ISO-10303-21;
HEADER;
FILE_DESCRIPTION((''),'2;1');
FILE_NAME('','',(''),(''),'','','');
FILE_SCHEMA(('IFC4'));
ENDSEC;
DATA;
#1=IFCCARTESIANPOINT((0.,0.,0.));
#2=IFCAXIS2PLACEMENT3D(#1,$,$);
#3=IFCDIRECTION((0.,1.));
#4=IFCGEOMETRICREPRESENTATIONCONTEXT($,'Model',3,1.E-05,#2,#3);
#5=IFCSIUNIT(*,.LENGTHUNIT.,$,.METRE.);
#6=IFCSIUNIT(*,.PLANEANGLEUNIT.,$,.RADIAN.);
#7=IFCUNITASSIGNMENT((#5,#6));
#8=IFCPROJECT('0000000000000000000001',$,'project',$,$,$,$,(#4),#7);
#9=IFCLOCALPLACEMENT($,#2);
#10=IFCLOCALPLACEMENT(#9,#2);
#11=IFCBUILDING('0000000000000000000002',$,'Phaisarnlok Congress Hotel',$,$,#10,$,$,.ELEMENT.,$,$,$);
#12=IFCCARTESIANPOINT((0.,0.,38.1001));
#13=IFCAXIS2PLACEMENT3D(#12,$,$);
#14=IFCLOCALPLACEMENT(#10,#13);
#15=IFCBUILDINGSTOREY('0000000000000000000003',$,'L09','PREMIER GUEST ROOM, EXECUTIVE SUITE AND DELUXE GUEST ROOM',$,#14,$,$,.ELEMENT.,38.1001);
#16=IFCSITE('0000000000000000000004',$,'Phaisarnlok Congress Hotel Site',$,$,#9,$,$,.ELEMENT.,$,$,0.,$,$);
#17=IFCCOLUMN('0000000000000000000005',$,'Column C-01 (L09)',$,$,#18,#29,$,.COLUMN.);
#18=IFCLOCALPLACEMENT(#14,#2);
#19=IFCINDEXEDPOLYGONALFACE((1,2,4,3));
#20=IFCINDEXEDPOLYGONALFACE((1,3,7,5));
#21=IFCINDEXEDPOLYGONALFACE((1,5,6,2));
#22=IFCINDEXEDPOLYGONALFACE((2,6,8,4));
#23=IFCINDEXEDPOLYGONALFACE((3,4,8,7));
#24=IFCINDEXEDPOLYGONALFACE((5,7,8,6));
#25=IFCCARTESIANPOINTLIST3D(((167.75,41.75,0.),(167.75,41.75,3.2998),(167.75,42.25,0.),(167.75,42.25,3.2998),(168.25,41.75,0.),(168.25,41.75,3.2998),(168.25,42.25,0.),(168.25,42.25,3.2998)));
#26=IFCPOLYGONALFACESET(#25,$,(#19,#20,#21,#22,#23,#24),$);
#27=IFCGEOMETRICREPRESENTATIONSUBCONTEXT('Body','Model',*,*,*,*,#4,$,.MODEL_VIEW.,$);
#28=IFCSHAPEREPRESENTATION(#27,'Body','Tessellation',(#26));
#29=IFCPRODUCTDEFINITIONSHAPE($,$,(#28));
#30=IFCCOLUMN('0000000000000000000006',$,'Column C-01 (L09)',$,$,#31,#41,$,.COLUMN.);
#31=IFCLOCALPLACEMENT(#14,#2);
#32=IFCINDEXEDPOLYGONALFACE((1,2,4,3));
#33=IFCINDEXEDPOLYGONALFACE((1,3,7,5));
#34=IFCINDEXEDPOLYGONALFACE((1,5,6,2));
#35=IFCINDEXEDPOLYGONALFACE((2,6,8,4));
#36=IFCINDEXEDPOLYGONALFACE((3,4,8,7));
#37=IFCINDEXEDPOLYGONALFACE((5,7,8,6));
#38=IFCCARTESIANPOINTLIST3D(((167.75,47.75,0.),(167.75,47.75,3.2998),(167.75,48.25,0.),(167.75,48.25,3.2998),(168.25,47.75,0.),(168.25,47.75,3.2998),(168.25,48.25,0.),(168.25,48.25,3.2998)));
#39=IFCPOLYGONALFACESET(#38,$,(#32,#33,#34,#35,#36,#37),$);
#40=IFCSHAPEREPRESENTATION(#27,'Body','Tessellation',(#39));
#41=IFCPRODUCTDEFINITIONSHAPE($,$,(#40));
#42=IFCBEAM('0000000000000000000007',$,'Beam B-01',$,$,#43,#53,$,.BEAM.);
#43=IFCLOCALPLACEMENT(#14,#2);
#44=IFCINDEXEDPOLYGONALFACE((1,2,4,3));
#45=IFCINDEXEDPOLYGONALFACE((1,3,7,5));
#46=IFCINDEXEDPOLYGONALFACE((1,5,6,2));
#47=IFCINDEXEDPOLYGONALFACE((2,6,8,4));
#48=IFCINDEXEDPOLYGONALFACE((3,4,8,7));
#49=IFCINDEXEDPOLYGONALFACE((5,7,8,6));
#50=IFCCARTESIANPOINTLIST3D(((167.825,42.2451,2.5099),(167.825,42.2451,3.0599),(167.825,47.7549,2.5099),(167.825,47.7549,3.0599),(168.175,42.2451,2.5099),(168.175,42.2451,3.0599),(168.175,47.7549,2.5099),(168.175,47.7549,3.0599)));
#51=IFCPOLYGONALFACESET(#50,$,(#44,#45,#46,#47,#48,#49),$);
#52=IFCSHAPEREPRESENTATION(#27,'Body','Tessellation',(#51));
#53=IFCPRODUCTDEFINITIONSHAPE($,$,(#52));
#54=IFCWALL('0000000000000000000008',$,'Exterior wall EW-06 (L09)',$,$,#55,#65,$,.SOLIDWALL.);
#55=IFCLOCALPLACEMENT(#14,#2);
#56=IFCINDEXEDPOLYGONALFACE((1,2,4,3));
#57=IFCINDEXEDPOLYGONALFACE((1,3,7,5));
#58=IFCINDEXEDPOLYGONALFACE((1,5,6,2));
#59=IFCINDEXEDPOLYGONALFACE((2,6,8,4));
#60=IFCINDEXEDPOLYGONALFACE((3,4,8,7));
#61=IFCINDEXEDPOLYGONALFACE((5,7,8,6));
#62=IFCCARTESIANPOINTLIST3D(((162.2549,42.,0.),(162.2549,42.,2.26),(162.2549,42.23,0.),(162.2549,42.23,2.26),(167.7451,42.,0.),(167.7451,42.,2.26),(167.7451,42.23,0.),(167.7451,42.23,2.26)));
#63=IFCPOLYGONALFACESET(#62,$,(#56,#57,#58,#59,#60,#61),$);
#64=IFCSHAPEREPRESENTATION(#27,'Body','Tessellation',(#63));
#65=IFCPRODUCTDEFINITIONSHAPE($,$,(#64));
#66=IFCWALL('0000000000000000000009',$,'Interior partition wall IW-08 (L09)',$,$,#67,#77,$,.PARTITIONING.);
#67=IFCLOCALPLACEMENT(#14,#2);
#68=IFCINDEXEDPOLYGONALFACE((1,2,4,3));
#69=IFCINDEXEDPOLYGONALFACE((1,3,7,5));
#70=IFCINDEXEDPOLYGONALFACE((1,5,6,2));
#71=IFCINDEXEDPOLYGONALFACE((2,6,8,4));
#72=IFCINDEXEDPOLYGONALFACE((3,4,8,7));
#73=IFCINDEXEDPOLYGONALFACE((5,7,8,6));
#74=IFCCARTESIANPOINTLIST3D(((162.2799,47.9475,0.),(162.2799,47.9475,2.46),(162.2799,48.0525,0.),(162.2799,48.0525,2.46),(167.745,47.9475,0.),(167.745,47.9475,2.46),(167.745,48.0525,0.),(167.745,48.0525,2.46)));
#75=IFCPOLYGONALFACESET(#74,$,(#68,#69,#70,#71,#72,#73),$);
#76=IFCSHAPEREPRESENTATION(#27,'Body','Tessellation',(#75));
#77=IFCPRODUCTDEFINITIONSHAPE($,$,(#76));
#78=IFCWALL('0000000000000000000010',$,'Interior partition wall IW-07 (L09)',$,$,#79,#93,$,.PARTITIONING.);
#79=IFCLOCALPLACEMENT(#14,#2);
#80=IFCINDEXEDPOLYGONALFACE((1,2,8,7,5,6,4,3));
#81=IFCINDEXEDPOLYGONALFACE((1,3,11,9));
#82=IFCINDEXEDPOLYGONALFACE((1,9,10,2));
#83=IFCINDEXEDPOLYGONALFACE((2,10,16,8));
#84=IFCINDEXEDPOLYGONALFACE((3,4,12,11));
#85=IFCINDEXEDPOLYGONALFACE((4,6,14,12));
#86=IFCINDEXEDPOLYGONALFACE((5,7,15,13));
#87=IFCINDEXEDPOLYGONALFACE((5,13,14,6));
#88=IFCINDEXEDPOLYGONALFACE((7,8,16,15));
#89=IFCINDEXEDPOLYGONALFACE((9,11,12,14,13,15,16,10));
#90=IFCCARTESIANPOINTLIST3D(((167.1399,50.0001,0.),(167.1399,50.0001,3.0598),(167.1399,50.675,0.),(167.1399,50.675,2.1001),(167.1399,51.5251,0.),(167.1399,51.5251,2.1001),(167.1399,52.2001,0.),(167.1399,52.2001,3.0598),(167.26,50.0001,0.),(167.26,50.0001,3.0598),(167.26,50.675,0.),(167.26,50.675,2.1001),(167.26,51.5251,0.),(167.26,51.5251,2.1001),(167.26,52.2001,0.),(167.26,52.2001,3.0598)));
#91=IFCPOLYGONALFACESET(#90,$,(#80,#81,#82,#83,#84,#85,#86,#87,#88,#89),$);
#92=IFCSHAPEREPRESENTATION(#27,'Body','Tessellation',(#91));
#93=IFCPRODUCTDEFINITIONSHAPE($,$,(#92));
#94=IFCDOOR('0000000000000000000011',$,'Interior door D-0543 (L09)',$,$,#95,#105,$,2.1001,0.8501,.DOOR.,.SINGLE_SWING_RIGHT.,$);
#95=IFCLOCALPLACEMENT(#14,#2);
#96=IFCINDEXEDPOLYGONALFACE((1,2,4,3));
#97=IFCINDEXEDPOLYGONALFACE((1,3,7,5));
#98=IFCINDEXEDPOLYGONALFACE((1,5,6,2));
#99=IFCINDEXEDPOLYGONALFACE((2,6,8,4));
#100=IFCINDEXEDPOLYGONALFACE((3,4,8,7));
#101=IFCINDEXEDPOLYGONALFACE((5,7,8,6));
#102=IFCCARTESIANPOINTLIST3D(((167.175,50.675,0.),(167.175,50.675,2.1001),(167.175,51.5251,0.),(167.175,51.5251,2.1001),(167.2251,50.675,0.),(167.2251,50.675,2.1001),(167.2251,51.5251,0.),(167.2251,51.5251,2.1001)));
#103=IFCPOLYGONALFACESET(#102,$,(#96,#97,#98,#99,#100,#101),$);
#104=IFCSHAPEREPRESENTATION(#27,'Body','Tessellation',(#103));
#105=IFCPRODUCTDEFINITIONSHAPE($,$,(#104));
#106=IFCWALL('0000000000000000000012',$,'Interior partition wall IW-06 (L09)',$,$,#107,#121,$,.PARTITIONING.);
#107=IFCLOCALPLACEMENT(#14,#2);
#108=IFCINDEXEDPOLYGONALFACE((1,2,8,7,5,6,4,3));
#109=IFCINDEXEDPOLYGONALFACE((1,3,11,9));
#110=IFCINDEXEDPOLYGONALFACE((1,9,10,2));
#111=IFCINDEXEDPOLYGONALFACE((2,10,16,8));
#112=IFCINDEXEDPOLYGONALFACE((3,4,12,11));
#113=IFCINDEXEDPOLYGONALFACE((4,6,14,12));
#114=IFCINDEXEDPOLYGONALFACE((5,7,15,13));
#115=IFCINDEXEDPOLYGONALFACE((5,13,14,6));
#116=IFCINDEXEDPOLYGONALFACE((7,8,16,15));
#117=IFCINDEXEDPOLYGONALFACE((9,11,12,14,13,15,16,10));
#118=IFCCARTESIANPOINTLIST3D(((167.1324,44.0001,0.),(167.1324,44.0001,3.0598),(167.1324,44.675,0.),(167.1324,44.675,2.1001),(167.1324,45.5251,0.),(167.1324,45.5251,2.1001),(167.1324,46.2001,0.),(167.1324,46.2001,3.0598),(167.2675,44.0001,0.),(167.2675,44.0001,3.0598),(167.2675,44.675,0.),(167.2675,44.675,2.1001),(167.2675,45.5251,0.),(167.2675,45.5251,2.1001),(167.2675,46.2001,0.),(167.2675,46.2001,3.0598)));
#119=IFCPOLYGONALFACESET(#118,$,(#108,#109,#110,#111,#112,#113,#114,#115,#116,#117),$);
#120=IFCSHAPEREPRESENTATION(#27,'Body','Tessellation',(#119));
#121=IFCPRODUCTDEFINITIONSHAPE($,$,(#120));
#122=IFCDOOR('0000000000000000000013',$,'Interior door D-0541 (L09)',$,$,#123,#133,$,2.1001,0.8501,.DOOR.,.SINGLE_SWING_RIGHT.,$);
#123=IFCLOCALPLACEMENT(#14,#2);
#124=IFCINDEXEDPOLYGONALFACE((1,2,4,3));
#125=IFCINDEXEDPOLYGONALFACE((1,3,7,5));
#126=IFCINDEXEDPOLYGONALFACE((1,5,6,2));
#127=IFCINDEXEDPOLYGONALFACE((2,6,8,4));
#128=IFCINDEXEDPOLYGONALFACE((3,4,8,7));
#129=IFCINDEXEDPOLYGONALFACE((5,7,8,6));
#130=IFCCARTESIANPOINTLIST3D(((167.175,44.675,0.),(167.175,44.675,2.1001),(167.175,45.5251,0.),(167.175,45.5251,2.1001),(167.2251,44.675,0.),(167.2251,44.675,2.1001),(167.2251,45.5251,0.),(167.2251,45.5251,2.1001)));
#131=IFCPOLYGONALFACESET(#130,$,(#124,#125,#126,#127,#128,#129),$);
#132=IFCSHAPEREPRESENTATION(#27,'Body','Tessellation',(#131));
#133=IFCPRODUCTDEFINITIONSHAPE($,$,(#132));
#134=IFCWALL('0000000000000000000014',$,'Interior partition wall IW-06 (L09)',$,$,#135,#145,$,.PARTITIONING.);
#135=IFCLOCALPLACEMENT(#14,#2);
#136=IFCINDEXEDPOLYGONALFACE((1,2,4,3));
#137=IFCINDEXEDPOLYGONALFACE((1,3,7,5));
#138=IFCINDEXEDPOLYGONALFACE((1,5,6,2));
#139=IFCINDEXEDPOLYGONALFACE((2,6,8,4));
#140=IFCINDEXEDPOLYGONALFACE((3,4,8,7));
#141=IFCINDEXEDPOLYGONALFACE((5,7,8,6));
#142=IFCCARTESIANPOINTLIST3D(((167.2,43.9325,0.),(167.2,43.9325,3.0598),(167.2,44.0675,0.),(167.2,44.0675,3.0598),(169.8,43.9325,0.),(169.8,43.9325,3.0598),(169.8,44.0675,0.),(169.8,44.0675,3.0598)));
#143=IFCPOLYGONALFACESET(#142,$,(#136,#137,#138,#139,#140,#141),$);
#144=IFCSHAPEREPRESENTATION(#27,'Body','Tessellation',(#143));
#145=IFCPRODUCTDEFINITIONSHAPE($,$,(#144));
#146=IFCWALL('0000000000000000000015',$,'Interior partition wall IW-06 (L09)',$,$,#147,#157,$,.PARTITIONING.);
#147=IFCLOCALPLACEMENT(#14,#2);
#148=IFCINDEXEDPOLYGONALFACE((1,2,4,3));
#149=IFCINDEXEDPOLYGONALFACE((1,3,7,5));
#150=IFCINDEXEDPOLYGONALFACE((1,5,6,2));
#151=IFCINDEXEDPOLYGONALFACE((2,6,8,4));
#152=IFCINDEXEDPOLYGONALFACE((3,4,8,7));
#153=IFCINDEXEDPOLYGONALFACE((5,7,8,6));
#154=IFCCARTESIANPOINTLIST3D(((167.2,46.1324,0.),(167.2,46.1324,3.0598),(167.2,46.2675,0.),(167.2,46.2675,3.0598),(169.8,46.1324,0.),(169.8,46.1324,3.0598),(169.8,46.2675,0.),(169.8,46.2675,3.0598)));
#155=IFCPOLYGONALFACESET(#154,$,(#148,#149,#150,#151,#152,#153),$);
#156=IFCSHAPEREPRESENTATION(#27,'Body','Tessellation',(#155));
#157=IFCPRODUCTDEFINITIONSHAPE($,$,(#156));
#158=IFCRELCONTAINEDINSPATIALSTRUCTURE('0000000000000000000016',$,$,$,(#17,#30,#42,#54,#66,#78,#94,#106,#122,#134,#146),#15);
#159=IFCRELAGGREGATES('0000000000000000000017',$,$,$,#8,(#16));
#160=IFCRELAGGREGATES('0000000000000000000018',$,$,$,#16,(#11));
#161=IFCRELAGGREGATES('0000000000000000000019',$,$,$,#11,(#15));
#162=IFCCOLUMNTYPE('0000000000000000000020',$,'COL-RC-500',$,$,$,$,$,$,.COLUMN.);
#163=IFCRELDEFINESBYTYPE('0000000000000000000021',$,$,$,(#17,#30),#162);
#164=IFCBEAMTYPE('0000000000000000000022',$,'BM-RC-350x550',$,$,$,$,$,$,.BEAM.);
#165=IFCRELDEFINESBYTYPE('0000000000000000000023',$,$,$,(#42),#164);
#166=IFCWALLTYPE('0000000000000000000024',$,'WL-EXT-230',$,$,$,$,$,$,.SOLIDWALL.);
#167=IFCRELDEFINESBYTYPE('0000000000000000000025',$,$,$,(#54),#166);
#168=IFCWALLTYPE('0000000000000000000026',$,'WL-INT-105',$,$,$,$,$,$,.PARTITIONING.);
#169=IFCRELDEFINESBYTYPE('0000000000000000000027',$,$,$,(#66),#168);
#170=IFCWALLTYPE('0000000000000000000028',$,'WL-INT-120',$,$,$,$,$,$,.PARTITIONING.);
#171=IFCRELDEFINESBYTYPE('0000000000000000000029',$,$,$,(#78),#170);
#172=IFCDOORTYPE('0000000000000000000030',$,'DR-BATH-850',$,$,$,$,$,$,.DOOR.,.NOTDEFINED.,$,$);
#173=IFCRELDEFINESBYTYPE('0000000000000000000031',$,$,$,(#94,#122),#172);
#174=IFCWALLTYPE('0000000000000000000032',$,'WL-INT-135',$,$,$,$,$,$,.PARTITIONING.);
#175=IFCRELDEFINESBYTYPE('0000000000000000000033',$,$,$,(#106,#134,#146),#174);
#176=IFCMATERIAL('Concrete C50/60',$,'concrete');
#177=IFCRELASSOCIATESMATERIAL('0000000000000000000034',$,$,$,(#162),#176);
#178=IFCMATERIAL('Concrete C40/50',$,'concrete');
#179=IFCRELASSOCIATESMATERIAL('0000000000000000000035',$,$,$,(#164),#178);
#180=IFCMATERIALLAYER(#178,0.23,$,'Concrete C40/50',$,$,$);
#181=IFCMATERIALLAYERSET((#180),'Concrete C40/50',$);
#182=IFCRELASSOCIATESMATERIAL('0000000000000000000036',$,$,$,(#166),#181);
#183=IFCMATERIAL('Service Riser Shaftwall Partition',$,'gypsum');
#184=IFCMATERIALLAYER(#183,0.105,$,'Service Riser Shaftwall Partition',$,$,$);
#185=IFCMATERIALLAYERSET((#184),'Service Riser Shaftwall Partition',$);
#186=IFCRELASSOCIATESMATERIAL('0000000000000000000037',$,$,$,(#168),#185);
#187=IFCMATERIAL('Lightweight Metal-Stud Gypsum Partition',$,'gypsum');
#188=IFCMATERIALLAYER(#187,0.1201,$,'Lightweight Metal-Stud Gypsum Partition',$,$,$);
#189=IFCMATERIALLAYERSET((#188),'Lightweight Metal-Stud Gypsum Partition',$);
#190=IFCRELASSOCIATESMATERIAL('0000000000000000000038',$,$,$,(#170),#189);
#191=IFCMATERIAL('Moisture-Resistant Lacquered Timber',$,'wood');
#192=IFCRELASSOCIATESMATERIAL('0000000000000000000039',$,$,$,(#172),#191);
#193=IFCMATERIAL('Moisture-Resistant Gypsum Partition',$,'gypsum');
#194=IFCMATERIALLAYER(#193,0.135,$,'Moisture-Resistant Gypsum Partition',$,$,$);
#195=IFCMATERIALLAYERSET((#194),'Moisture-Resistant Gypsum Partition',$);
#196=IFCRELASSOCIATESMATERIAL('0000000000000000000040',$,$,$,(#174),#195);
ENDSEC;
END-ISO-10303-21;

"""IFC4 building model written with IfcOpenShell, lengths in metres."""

from ifc_helpers import new_model, si_unit, direction, frame, frame_2d, origin, origin_2d, place, context, subcontext, project, spatial, rectangle, extrude, material, layer, layer_set, material_profile, profile_set, type_object, element, fill, save


model = new_model("IFC4")

# Units and contexts
model_context = context("Model", 3, precision=1e-05, world=origin(), true_north=direction((0.0, 1.0)))
body_context = subcontext(model_context, "Body", "Model", "MODEL_VIEW")
ifc_project = project(units=[si_unit("LENGTHUNIT", "METRE"), si_unit("PLANEANGLEUNIT", "RADIAN")], contexts=[model_context])

# Site, building, storey
site_placement = place(None, origin())
site = spatial("IfcSite", under=ifc_project, at=site_placement, Name="Phaisarnlok Congress Hotel Site", CompositionType="ELEMENT", RefElevation=0.0)
building_placement = place(site_placement, origin())
building = spatial("IfcBuilding", under=site, at=building_placement, Name="Phaisarnlok Congress Hotel", CompositionType="ELEMENT")
storey_placement = place(building_placement, frame((0.0, 0.0, 38.1001)))
storey = spatial("IfcBuildingStorey", under=building, at=storey_placement, Name="L09", Description="PREMIER GUEST ROOM, EXECUTIVE SUITE AND DELUXE GUEST ROOM", CompositionType="ELEMENT", Elevation=38.1001)

# Columns
ifc_material_1 = material(Name="Concrete C50/60", Category="concrete")
ifc_material_profile_1 = material_profile(ifc_material_1, rectangle(XDim=0.5, YDim=0.5, at=origin_2d()), Name="RC 500x500")
ifc_profile_set_1 = profile_set([ifc_material_profile_1], Name="Concrete C50/60")
column_type = type_object("IfcColumnType", Name="COL-RC-500", PredefinedType="COLUMN", material=ifc_profile_set_1)
for number, where, z_axis, x_axis, name in (
    (1, (168.0, 42.0, 0.0), (0.0, 0.0, 1.0), (1.0, 0.0, 0.0), "Column C-01 (L09)"),
    (2, (168.0, 48.0, 0.0), (0.0, 0.0, 1.0), (1.0, 0.0, 0.0), "Column C-01 (L09)"),
):
    element("IfcColumn", number, at=place(storey_placement, frame(where, z_axis=z_axis, x_axis=x_axis)), inside=storey, type_object=column_type, Name=name, PredefinedType="COLUMN", context=body_context, shape_type="SweptSolid", body=[
        extrude(rectangle(XDim=0.5, YDim=0.5, at=origin_2d()), origin(), (0.0, 0.0, 1.0), 3.2998),
    ])

# Beam
ifc_material_2 = material(Name="Concrete C40/50", Category="concrete")
ifc_material_profile_2 = material_profile(ifc_material_2, rectangle(XDim=0.3501, YDim=0.55, at=origin_2d()), Name="RC 350x550")
ifc_profile_set_2 = profile_set([ifc_material_profile_2], Name="Concrete C40/50")
beam_type = type_object("IfcBeamType", Name="BM-RC-350x550", PredefinedType="BEAM", material=ifc_profile_set_2)
beam_placement = place(storey_placement, frame((168.0, 42.2451, 2.7849), z_axis=(0.0, 1.0, 0.0), x_axis=(-1.0, 0.0, 0.0)))
element("IfcBeam", 3, at=beam_placement, inside=storey, type_object=beam_type, Name="Beam B-01", PredefinedType="BEAM", context=body_context, shape_type="SweptSolid", body=[
    extrude(rectangle(XDim=0.3501, YDim=0.55, at=origin_2d()), origin(), (0.0, 0.0, 1.0), 5.5098),
])

# Walls
ifc_layer_1 = layer(ifc_material_2, 0.23, Name="Concrete C40/50")
ifc_layer_set_1 = layer_set([ifc_layer_1], Name="Concrete C40/50")
wall_type_1 = type_object("IfcWallType", Name="WL-EXT-230", PredefinedType="SOLIDWALL", material=ifc_layer_set_1)
wall_1_placement = place(storey_placement, frame((162.2549, 42.115, 0.0), z_axis=(0.0, 0.0, 1.0), x_axis=(1.0, 0.0, 0.0)))
element("IfcWall", 4, at=wall_1_placement, inside=storey, type_object=wall_type_1, Name="Exterior wall EW-06 (L09)", PredefinedType="SOLIDWALL", context=body_context, shape_type="SweptSolid", body=[
    extrude(rectangle(XDim=5.4902, YDim=0.23, at=frame_2d((2.7451, 0.0))), origin(), (0.0, 0.0, 1.0), 2.26),
])
ifc_material_3 = material(Name="Service Riser Shaftwall Partition", Category="gypsum")
ifc_layer_2 = layer(ifc_material_3, 0.105, Name="Service Riser Shaftwall Partition")
ifc_layer_set_2 = layer_set([ifc_layer_2], Name="Service Riser Shaftwall Partition")
wall_type_2 = type_object("IfcWallType", Name="WL-INT-105", PredefinedType="PARTITIONING", material=ifc_layer_set_2)
wall_2_placement = place(storey_placement, frame((162.28, 48.0, 0.0), z_axis=(0.0, 0.0, 1.0), x_axis=(1.0, 0.0, 0.0)))
element("IfcWall", 5, at=wall_2_placement, inside=storey, type_object=wall_type_2, Name="Interior partition wall IW-08 (L09)", PredefinedType="PARTITIONING", context=body_context, shape_type="SweptSolid", body=[
    extrude(rectangle(XDim=5.4651, YDim=0.105, at=frame_2d((2.7324, 0.0))), origin(), (0.0, 0.0, 1.0), 2.46),
])

# Walls, openings, doors
ifc_material_4 = material(Name="Lightweight Metal-Stud Gypsum Partition", Category="gypsum")
ifc_layer_3 = layer(ifc_material_4, 0.1201, Name="Lightweight Metal-Stud Gypsum Partition")
ifc_layer_set_3 = layer_set([ifc_layer_3], Name="Lightweight Metal-Stud Gypsum Partition")
wall_type_3 = type_object("IfcWallType", Name="WL-INT-120", PredefinedType="PARTITIONING", material=ifc_layer_set_3)
wall_3_placement = place(storey_placement, frame((167.2, 50.0, 0.0), z_axis=(0.0, 0.0, 1.0), x_axis=(0.0, 1.0, 0.0)))
wall_3 = element("IfcWall", 6, at=wall_3_placement, inside=storey, type_object=wall_type_3, Name="Interior partition wall IW-07 (L09)", PredefinedType="PARTITIONING", context=body_context, shape_type="SweptSolid", body=[
    extrude(rectangle(XDim=2.2, YDim=0.1201, at=frame_2d((1.1001, 0.0))), origin(), (0.0, 0.0, 1.0), 3.0598),
])
opening_1_placement = place(wall_3_placement, frame((0.675, 0.0, 0.0)))
opening_1 = element("IfcOpeningElement", 7, at=opening_1_placement, cuts=wall_3, PredefinedType="OPENING", context=body_context, shape_type="SweptSolid", body=[
    extrude(rectangle(XDim=0.8501, YDim=2.1001, at=frame_2d((0.425, 1.05))), frame((0.0, 0.0701, 0.0), z_axis=(0.0, -1.0, 0.0), x_axis=(1.0, 0.0, 0.0)), (0.0, 0.0, 1.0), 0.1401),
])
ifc_material_5 = material(Name="Moisture-Resistant Lacquered Timber", Category="wood")
door_type = type_object("IfcDoorType", Name="DR-BATH-850", OperationType="NOTDEFINED", PredefinedType="DOOR", material=ifc_material_5)
door_1_placement = place(opening_1_placement, origin())
door_1 = element("IfcDoor", 8, at=door_1_placement, inside=storey, type_object=door_type, Name="Interior door D-0543 (L09)", OperationType="SINGLE_SWING_RIGHT", OverallHeight=2.1001, OverallWidth=0.8501, PredefinedType="DOOR", context=body_context, shape_type="SweptSolid", body=[
    extrude(rectangle(XDim=0.8501, YDim=2.1001, at=frame_2d((0.425, 1.05))), frame((0.0, 0.0249, 0.0), z_axis=(0.0, -1.0, 0.0), x_axis=(1.0, 0.0, 0.0)), (0.0, 0.0, 1.0), 0.05),
])
fill(opening_1, door_1)
ifc_material_6 = material(Name="Moisture-Resistant Gypsum Partition", Category="gypsum")
ifc_layer_4 = layer(ifc_material_6, 0.135, Name="Moisture-Resistant Gypsum Partition")
ifc_layer_set_4 = layer_set([ifc_layer_4], Name="Moisture-Resistant Gypsum Partition")
wall_type_4 = type_object("IfcWallType", Name="WL-INT-135", PredefinedType="PARTITIONING", material=ifc_layer_set_4)
wall_4_placement = place(storey_placement, frame((167.2, 44.0, 0.0), z_axis=(0.0, 0.0, 1.0), x_axis=(0.0, 1.0, 0.0)))
wall_4 = element("IfcWall", 9, at=wall_4_placement, inside=storey, type_object=wall_type_4, Name="Interior partition wall IW-06 (L09)", PredefinedType="PARTITIONING", context=body_context, shape_type="SweptSolid", body=[
    extrude(rectangle(XDim=2.2, YDim=0.135, at=frame_2d((1.1001, 0.0))), origin(), (0.0, 0.0, 1.0), 3.0598),
])
opening_2_placement = place(wall_4_placement, frame((0.675, 0.0, 0.0)))
opening_2 = element("IfcOpeningElement", 10, at=opening_2_placement, cuts=wall_4, PredefinedType="OPENING", context=body_context, shape_type="SweptSolid", body=[
    extrude(rectangle(XDim=0.8501, YDim=2.1001, at=frame_2d((0.425, 1.05))), frame((0.0, 0.0776, 0.0), z_axis=(0.0, -1.0, 0.0), x_axis=(1.0, 0.0, 0.0)), (0.0, 0.0, 1.0), 0.155),
])
door_2_placement = place(opening_2_placement, origin())
door_2 = element("IfcDoor", 11, at=door_2_placement, inside=storey, type_object=door_type, Name="Interior door D-0541 (L09)", OperationType="SINGLE_SWING_RIGHT", OverallHeight=2.1001, OverallWidth=0.8501, PredefinedType="DOOR", context=body_context, shape_type="SweptSolid", body=[
    extrude(rectangle(XDim=0.8501, YDim=2.1001, at=frame_2d((0.425, 1.05))), frame((0.0, 0.0249, 0.0), z_axis=(0.0, -1.0, 0.0), x_axis=(1.0, 0.0, 0.0)), (0.0, 0.0, 1.0), 0.05),
])
fill(opening_2, door_2)

# Walls
for number, where, z_axis, x_axis, name in (
    (12, (167.2, 44.0, 0.0), (0.0, 0.0, 1.0), (1.0, 0.0, 0.0), "Interior partition wall IW-06 (L09)"),
    (13, (167.2, 46.2, 0.0), (0.0, 0.0, 1.0), (1.0, 0.0, 0.0), "Interior partition wall IW-06 (L09)"),
):
    element("IfcWall", number, at=place(storey_placement, frame(where, z_axis=z_axis, x_axis=x_axis)), inside=storey, type_object=wall_type_4, Name=name, PredefinedType="PARTITIONING", context=body_context, shape_type="SweptSolid", body=[
        extrude(rectangle(XDim=2.6001, YDim=0.135, at=frame_2d((1.3, 0.0))), origin(), (0.0, 0.0, 1.0), 3.0598),
    ])

save(model, "model.ifc")
